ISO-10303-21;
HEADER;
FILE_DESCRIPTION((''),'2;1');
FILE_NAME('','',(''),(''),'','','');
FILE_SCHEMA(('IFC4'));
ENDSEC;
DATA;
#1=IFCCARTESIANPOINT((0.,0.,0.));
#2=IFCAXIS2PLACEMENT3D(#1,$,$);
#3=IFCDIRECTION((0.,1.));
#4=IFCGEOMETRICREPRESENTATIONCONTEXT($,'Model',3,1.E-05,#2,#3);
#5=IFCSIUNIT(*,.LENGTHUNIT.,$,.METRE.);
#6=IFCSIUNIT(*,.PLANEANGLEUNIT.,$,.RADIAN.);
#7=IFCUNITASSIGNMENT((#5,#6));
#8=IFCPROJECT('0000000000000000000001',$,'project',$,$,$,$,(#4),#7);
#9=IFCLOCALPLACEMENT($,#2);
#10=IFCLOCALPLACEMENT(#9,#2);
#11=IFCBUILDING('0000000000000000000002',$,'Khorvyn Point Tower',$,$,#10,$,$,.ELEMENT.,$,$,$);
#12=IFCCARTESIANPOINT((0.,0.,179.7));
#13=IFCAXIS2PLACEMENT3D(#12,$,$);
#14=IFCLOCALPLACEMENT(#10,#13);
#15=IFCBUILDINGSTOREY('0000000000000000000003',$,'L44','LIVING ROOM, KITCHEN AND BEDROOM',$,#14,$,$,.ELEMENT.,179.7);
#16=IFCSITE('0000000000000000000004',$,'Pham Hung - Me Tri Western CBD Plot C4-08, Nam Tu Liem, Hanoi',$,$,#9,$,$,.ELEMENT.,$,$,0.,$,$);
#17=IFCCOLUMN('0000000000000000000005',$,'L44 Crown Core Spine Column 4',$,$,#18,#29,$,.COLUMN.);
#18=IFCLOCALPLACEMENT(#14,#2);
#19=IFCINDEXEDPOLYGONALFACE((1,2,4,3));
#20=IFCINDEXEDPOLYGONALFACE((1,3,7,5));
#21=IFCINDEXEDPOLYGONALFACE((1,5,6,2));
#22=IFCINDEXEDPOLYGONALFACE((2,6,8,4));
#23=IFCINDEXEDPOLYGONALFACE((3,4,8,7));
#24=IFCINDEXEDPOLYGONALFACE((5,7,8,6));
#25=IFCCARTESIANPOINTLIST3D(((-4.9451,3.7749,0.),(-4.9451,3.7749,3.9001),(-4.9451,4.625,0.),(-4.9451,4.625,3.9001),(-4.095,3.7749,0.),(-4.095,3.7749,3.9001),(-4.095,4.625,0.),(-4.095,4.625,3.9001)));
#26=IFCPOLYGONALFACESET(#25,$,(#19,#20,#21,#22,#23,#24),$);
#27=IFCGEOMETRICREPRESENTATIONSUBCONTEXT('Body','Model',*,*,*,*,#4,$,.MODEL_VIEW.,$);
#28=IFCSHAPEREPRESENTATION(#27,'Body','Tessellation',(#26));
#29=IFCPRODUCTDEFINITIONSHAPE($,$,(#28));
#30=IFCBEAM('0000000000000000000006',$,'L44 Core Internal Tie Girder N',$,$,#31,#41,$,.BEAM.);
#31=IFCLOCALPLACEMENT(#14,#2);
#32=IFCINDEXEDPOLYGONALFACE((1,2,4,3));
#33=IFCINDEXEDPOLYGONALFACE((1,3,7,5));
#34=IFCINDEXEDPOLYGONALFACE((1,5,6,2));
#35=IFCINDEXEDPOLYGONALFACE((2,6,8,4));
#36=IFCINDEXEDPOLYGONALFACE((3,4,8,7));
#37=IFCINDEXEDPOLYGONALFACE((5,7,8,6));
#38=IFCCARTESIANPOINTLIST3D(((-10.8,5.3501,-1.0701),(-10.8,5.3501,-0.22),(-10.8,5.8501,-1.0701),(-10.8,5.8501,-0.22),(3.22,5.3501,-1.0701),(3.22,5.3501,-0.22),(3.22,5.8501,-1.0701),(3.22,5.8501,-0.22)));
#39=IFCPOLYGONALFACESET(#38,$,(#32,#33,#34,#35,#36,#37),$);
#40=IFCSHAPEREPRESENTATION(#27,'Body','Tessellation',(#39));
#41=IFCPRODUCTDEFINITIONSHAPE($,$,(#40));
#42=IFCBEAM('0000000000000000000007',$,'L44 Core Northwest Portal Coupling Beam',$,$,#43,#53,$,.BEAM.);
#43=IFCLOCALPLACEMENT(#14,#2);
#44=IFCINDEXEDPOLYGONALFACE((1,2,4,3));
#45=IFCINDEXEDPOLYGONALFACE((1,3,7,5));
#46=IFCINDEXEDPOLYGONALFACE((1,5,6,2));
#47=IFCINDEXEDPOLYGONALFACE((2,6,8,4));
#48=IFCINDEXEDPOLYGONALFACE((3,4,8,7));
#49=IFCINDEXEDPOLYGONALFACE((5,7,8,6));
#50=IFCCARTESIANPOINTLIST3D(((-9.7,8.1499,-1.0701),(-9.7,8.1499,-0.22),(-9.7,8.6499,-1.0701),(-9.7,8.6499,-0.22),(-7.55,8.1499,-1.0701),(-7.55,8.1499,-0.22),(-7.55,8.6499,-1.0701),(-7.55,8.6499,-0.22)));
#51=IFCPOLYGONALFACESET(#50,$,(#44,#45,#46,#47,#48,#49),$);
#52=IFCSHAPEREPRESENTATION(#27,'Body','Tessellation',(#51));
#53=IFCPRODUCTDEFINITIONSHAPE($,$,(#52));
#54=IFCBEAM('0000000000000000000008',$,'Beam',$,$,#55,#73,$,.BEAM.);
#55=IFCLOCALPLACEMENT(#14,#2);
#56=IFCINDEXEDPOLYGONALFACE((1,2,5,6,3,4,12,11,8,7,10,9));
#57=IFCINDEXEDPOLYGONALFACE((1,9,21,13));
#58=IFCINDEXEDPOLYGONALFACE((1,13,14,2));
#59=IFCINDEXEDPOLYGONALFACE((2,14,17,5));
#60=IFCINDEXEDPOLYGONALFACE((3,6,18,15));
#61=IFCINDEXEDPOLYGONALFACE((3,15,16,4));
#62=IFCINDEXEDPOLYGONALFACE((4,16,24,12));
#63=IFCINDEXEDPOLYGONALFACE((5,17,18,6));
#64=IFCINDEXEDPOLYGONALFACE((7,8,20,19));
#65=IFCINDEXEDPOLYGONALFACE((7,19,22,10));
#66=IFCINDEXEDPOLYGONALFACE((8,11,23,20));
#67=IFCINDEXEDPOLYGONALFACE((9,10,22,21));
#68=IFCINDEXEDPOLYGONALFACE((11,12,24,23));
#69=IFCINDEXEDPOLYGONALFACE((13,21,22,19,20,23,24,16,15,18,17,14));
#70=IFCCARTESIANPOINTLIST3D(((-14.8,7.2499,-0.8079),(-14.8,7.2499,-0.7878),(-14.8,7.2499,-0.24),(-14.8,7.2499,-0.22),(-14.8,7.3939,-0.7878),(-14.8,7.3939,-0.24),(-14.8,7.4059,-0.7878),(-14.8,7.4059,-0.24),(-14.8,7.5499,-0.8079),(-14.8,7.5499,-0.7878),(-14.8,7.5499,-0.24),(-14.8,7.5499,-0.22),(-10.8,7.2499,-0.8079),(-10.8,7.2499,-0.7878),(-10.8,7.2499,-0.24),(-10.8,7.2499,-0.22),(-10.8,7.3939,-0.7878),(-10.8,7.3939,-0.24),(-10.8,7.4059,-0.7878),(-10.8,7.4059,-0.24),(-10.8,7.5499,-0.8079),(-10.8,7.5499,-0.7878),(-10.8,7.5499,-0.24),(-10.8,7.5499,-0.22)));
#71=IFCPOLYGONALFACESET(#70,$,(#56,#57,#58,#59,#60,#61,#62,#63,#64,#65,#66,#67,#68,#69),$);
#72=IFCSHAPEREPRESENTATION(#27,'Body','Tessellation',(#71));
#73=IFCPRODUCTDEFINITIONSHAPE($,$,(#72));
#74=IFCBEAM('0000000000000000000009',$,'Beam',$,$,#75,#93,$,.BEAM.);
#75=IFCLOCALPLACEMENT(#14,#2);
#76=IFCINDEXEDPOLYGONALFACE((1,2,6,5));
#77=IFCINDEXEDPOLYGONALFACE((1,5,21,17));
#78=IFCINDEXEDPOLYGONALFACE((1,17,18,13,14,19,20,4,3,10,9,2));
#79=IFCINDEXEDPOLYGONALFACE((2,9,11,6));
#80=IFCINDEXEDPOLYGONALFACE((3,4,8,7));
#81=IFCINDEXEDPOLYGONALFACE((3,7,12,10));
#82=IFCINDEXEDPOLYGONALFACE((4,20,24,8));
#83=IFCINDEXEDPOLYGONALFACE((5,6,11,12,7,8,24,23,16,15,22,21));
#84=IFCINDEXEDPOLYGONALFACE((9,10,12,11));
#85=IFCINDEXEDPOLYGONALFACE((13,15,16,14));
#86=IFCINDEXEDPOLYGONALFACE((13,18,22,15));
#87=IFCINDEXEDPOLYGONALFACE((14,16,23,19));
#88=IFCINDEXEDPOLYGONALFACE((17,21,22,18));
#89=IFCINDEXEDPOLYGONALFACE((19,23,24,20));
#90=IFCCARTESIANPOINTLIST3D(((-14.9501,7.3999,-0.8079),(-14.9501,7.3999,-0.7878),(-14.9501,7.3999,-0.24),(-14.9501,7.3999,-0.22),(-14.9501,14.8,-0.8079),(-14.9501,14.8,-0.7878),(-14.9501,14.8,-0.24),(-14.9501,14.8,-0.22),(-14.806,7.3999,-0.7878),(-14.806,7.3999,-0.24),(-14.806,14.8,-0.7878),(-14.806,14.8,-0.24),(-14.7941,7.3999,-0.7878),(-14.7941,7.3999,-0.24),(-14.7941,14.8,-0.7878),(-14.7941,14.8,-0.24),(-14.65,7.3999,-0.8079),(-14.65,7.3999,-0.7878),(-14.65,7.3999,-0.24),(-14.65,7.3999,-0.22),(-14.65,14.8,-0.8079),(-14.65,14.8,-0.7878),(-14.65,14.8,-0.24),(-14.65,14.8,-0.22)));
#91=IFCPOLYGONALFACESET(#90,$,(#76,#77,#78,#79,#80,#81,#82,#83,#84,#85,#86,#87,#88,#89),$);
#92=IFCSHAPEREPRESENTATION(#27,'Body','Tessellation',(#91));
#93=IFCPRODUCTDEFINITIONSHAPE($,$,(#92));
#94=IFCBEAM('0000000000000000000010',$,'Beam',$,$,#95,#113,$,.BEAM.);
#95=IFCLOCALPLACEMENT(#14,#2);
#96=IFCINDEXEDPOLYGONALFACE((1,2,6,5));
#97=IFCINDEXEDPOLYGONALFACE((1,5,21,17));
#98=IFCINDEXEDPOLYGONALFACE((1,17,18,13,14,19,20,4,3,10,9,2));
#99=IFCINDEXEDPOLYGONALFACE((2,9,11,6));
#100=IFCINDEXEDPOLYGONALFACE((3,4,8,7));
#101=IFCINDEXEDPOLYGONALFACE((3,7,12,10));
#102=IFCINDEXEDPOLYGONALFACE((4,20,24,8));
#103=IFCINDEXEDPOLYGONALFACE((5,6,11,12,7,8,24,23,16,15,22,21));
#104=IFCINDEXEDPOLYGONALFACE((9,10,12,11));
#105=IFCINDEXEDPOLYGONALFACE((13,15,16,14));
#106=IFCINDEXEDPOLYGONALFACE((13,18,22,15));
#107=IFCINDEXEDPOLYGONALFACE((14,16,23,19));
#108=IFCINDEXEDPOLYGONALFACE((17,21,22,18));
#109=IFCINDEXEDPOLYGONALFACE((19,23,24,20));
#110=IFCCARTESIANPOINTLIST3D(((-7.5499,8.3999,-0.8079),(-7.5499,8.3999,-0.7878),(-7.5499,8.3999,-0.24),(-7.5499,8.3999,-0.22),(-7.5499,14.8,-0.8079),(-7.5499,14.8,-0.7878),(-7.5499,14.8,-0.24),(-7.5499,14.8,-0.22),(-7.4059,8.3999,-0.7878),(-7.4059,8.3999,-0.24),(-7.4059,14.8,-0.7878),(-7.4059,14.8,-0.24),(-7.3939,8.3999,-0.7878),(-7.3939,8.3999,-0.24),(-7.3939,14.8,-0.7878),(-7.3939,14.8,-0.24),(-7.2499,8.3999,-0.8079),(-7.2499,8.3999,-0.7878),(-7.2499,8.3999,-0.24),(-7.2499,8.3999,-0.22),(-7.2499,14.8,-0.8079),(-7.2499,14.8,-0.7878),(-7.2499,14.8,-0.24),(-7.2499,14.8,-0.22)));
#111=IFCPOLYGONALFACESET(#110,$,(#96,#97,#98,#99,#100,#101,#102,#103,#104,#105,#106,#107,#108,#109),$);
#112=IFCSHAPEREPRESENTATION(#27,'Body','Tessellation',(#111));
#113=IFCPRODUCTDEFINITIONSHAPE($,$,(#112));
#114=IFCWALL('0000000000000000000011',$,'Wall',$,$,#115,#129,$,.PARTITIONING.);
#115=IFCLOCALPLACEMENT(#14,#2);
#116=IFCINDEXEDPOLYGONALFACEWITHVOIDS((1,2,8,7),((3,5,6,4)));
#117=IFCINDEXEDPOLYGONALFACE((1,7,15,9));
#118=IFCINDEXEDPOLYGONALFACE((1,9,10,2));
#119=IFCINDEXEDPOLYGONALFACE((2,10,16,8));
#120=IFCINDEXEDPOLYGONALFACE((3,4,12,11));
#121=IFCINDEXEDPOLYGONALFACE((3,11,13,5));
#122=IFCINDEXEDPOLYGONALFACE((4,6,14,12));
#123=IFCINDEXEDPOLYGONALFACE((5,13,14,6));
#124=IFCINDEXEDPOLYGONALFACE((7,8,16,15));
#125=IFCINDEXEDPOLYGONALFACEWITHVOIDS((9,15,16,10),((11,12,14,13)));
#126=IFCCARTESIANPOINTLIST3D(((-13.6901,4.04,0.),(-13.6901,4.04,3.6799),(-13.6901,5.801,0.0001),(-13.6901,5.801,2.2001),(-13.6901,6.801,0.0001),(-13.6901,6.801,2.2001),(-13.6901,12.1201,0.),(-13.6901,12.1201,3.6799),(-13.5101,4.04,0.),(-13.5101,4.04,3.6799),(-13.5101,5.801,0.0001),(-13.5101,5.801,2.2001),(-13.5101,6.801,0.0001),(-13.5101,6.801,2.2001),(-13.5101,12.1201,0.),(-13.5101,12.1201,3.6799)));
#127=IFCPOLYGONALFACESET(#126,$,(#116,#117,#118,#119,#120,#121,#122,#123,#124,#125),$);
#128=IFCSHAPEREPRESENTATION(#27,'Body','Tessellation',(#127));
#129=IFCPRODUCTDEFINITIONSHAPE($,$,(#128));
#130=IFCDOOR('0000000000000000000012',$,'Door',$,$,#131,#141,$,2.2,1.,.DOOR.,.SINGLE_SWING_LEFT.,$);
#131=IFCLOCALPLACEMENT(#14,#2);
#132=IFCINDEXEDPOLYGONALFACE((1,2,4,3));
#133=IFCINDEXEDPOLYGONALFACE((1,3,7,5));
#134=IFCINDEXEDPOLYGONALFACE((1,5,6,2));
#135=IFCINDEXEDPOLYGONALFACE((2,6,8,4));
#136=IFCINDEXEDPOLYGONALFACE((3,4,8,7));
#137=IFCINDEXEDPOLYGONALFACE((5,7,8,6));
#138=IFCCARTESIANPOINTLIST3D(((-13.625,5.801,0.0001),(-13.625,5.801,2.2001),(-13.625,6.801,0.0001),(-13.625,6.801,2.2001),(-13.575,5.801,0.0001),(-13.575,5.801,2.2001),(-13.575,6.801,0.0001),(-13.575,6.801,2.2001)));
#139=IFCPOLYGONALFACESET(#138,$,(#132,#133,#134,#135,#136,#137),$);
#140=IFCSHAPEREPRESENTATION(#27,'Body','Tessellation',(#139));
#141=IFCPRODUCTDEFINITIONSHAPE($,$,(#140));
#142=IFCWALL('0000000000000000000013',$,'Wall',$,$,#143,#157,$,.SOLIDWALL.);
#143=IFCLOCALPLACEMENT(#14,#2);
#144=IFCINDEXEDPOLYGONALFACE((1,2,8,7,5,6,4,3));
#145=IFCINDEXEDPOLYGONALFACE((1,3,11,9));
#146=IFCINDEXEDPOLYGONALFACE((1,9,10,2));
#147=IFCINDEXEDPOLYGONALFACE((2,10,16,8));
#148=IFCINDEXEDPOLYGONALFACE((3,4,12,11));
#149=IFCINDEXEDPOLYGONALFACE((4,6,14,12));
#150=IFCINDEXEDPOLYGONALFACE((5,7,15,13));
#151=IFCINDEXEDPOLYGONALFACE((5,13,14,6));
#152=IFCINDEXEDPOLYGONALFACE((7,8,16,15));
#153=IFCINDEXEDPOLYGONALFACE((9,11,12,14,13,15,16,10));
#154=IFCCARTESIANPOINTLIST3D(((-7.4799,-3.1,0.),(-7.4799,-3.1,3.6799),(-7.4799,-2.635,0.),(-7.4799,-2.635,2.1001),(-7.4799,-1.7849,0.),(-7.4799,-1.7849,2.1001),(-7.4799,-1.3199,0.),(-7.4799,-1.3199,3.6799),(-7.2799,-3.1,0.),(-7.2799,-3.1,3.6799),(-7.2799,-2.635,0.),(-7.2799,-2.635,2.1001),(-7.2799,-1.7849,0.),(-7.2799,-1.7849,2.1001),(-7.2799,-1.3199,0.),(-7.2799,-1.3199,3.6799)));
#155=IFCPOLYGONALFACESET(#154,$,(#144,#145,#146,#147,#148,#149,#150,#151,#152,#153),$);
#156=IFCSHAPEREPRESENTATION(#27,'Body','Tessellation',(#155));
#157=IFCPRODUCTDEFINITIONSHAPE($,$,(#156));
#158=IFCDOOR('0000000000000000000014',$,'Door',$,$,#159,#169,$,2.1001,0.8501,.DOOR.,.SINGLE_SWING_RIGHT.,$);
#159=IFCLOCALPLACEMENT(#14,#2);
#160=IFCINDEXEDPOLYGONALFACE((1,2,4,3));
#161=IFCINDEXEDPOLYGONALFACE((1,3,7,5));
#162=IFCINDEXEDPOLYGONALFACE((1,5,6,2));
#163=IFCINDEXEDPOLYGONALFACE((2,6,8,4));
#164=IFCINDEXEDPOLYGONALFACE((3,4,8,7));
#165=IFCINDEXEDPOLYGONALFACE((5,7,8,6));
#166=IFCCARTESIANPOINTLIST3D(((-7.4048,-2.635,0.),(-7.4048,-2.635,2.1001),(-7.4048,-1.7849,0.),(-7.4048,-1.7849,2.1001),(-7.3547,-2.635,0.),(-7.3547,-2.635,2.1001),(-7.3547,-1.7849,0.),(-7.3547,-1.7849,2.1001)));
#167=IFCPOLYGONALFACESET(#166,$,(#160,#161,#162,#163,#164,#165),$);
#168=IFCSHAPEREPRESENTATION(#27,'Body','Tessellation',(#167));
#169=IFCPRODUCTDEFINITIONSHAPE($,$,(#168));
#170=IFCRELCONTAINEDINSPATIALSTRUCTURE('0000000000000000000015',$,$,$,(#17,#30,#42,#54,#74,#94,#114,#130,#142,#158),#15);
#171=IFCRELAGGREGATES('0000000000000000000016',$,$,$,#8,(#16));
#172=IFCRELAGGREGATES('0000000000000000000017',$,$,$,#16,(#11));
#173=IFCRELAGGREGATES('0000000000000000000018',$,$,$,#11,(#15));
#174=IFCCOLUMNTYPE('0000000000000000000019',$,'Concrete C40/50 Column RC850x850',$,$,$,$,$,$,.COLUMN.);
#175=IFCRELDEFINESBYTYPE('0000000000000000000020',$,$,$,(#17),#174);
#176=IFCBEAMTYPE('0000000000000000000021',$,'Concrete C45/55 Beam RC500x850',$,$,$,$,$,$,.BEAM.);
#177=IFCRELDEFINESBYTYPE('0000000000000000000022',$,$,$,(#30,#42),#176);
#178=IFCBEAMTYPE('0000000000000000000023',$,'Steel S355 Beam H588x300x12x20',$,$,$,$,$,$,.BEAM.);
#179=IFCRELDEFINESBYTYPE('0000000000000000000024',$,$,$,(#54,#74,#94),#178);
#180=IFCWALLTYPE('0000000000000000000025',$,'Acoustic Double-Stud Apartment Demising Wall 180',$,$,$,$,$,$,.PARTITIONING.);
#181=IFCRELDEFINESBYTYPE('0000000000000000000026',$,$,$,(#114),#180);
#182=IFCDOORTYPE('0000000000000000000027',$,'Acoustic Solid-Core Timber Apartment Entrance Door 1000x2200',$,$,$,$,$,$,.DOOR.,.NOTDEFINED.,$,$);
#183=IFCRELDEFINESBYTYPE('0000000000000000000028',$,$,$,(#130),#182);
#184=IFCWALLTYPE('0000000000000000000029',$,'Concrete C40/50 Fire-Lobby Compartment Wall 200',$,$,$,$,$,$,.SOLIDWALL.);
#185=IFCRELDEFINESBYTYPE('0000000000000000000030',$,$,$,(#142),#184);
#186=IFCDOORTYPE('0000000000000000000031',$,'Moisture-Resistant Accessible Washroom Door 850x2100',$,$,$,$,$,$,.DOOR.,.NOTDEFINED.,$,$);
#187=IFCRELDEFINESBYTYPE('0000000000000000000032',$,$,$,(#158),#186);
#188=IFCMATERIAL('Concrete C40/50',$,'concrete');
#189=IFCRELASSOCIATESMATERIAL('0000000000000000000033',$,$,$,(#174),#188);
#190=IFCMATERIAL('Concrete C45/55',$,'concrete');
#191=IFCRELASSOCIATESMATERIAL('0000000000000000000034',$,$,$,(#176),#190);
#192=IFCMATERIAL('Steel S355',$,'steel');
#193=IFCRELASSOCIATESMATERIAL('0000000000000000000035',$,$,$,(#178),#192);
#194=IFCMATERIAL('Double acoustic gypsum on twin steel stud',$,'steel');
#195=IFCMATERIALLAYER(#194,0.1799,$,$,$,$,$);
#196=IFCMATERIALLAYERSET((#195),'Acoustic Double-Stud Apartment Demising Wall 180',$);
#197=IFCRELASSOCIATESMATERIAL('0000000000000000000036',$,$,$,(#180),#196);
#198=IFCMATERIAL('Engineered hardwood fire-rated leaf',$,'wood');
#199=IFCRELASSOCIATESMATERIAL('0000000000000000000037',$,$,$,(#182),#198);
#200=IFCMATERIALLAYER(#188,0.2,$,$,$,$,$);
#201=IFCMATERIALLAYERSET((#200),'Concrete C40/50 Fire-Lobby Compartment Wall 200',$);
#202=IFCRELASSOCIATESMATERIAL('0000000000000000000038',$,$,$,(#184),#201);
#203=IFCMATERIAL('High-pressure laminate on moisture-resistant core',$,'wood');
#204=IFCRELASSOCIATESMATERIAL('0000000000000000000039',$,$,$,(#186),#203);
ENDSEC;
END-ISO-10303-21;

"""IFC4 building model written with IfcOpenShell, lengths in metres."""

from ifc_helpers import new_model, si_unit, direction, frame, frame_2d, origin, origin_2d, place, context, subcontext, project, spatial, rectangle, i_section, extrude, material, layer, layer_set, material_profile, profile_set, type_object, element, fill, save


model = new_model("IFC4")

# Units and contexts
model_context = context("Model", 3, precision=1e-05, world=origin(), true_north=direction((0.0, 1.0)))
body_context = subcontext(model_context, "Body", "Model", "MODEL_VIEW")
ifc_project = project(units=[si_unit("LENGTHUNIT", "METRE"), si_unit("PLANEANGLEUNIT", "RADIAN")], contexts=[model_context])

# Site, building, storey
site_placement = place(None, origin())
site = spatial("IfcSite", under=ifc_project, at=site_placement, Name="Pham Hung - Me Tri Western CBD Plot C4-08, Nam Tu Liem, Hanoi", CompositionType="ELEMENT", RefElevation=0.0)
building_placement = place(site_placement, origin())
building = spatial("IfcBuilding", under=site, at=building_placement, Name="Khorvyn Point Tower", CompositionType="ELEMENT")
storey_placement = place(building_placement, frame((0.0, 0.0, 179.7)))
storey = spatial("IfcBuildingStorey", under=building, at=storey_placement, Name="L44", Description="LIVING ROOM, KITCHEN AND BEDROOM", CompositionType="ELEMENT", Elevation=179.7)

# Column
ifc_material_1 = material(Name="Concrete C40/50", Category="concrete")
ifc_material_profile_1 = material_profile(ifc_material_1, rectangle(XDim=0.8501, YDim=0.8501, at=origin_2d()))
ifc_profile_set_1 = profile_set([ifc_material_profile_1], Name="Concrete C40/50 RC850x850")
column_type = type_object("IfcColumnType", Name="Concrete C40/50 Column RC850x850", PredefinedType="COLUMN", material=ifc_profile_set_1)
column_placement = place(storey_placement, frame((-4.52, 4.2, 0.0), z_axis=(0.0, 0.0, 1.0), x_axis=(1.0, 0.0, 0.0)))
element("IfcColumn", 1, at=column_placement, inside=storey, type_object=column_type, Name="L44 Crown Core Spine Column 4", PredefinedType="COLUMN", context=body_context, shape_type="SweptSolid", body=[
    extrude(rectangle(XDim=0.8501, YDim=0.8501, at=origin_2d()), origin(), (0.0, 0.0, 1.0), 3.9001),
])

# Beams
ifc_material_2 = material(Name="Concrete C45/55", Category="concrete")
ifc_material_profile_2 = material_profile(ifc_material_2, rectangle(XDim=0.5, YDim=0.8501, at=origin_2d()))
ifc_profile_set_2 = profile_set([ifc_material_profile_2], Name="Concrete C45/55 RC500x850")
beam_type_1 = type_object("IfcBeamType", Name="Concrete C45/55 Beam RC500x850", PredefinedType="BEAM", material=ifc_profile_set_2)
beam_1_placement = place(storey_placement, frame((-10.8, 5.6001, -0.645), z_axis=(1.0, 0.0, 0.0), x_axis=(0.0, 1.0, 0.0)))
element("IfcBeam", 2, at=beam_1_placement, inside=storey, type_object=beam_type_1, Name="L44 Core Internal Tie Girder N", PredefinedType="BEAM", context=body_context, shape_type="SweptSolid", body=[
    extrude(rectangle(XDim=0.5, YDim=0.8501, at=origin_2d()), origin(), (0.0, 0.0, 1.0), 14.02),
])
beam_2_placement = place(storey_placement, frame((-9.7, 8.3999, -0.645), z_axis=(1.0, 0.0, 0.0), x_axis=(0.0, 1.0, 0.0)))
element("IfcBeam", 3, at=beam_2_placement, inside=storey, type_object=beam_type_1, Name="L44 Core Northwest Portal Coupling Beam", PredefinedType="BEAM", context=body_context, shape_type="SweptSolid", body=[
    extrude(rectangle(XDim=0.5, YDim=0.8501, at=origin_2d()), origin(), (0.0, 0.0, 1.0), 2.1499),
])
ifc_material_3 = material(Name="Steel S355", Category="steel")
ifc_material_profile_3 = material_profile(ifc_material_3, i_section(OverallWidth=0.3, OverallDepth=0.5879, WebThickness=0.012, FlangeThickness=0.02, at=origin_2d()))
ifc_profile_set_3 = profile_set([ifc_material_profile_3], Name="Steel S355 H588x300x12x20")
beam_type_2 = type_object("IfcBeamType", Name="Steel S355 Beam H588x300x12x20", PredefinedType="BEAM", material=ifc_profile_set_3)
beam_3_placement = place(storey_placement, frame((-14.8, 7.3999, -0.5139), z_axis=(1.0, 0.0, 0.0), x_axis=(0.0, 1.0, 0.0)))
element("IfcBeam", 4, at=beam_3_placement, inside=storey, type_object=beam_type_2, Name="Beam", PredefinedType="BEAM", context=body_context, shape_type="SweptSolid", body=[
    extrude(i_section(OverallWidth=0.3, OverallDepth=0.5879, WebThickness=0.012, FlangeThickness=0.02, at=origin_2d()), origin(), (0.0, 0.0, 1.0), 4.0),
])
beam_4_placement = place(storey_placement, frame((-14.8, 7.3999, -0.5139), z_axis=(0.0, 1.0, 0.0), x_axis=(-1.0, 0.0, 0.0)))
element("IfcBeam", 5, at=beam_4_placement, inside=storey, type_object=beam_type_2, Name="Beam", PredefinedType="BEAM", context=body_context, shape_type="SweptSolid", body=[
    extrude(i_section(OverallWidth=0.3, OverallDepth=0.5879, WebThickness=0.012, FlangeThickness=0.02, at=origin_2d()), origin(), (0.0, 0.0, 1.0), 7.4001),
])
beam_5_placement = place(storey_placement, frame((-7.3999, 8.3999, -0.5139), z_axis=(0.0, 1.0, 0.0), x_axis=(-1.0, 0.0, 0.0)))
element("IfcBeam", 6, at=beam_5_placement, inside=storey, type_object=beam_type_2, Name="Beam", PredefinedType="BEAM", context=body_context, shape_type="SweptSolid", body=[
    extrude(i_section(OverallWidth=0.3, OverallDepth=0.5879, WebThickness=0.012, FlangeThickness=0.02, at=origin_2d()), origin(), (0.0, 0.0, 1.0), 6.4001),
])

# Walls, openings, doors
ifc_material_4 = material(Name="Double acoustic gypsum on twin steel stud", Category="steel")
ifc_layer_1 = layer(ifc_material_4, 0.1799)
ifc_layer_set_1 = layer_set([ifc_layer_1], Name="Acoustic Double-Stud Apartment Demising Wall 180")
wall_type_1 = type_object("IfcWallType", Name="Acoustic Double-Stud Apartment Demising Wall 180", PredefinedType="PARTITIONING", material=ifc_layer_set_1)
wall_1_placement = place(storey_placement, frame((-13.6001, 4.04, 0.0), z_axis=(0.0, 0.0, 1.0), x_axis=(0.0, 1.0, 0.0)))
wall_1 = element("IfcWall", 7, at=wall_1_placement, inside=storey, type_object=wall_type_1, Name="Wall", PredefinedType="PARTITIONING", context=body_context, shape_type="SweptSolid", body=[
    extrude(rectangle(XDim=8.0801, YDim=0.1799, at=frame_2d((4.04, 0.0))), origin(), (0.0, 0.0, 1.0), 3.6799),
])
opening_1_placement = place(wall_1_placement, frame((1.761, 0.0, 0.0)))
opening_1 = element("IfcOpeningElement", 8, at=opening_1_placement, cuts=wall_1, PredefinedType="OPENING", context=body_context, shape_type="SweptSolid", body=[
    extrude(rectangle(XDim=1.0, YDim=2.2, at=frame_2d((0.5, 1.1001))), frame((0.0, 0.0999, 0.0), z_axis=(0.0, -1.0, 0.0), x_axis=(1.0, 0.0, 0.0)), (0.0, 0.0, 1.0), 0.2),
])
ifc_material_5 = material(Name="Engineered hardwood fire-rated leaf", Category="wood")
door_type_1 = type_object("IfcDoorType", Name="Acoustic Solid-Core Timber Apartment Entrance Door 1000x2200", OperationType="NOTDEFINED", PredefinedType="DOOR", material=ifc_material_5)
door_1_placement = place(opening_1_placement, origin())
door_1 = element("IfcDoor", 9, at=door_1_placement, inside=storey, type_object=door_type_1, Name="Door", OperationType="SINGLE_SWING_LEFT", OverallHeight=2.2, OverallWidth=1.0, PredefinedType="DOOR", context=body_context, shape_type="SweptSolid", body=[
    extrude(rectangle(XDim=1.0, YDim=2.2, at=frame_2d((0.5, 1.1001))), frame((0.0, 0.0249, 0.0), z_axis=(0.0, -1.0, 0.0), x_axis=(1.0, 0.0, 0.0)), (0.0, 0.0, 1.0), 0.05),
])
fill(opening_1, door_1)
ifc_layer_2 = layer(ifc_material_1, 0.2)
ifc_layer_set_2 = layer_set([ifc_layer_2], Name="Concrete C40/50 Fire-Lobby Compartment Wall 200")
wall_type_2 = type_object("IfcWallType", Name="Concrete C40/50 Fire-Lobby Compartment Wall 200", PredefinedType="SOLIDWALL", material=ifc_layer_set_2)
wall_2_placement = place(storey_placement, frame((-7.3799, -3.1001, 0.0), z_axis=(0.0, 0.0, 1.0), x_axis=(0.0, 1.0, 0.0)))
wall_2 = element("IfcWall", 10, at=wall_2_placement, inside=storey, type_object=wall_type_2, Name="Wall", PredefinedType="SOLIDWALL", context=body_context, shape_type="SweptSolid", body=[
    extrude(rectangle(XDim=1.78, YDim=0.2, at=frame_2d((0.8901, 0.0))), origin(), (0.0, 0.0, 1.0), 3.6799),
])
opening_2_placement = place(wall_2_placement, frame((0.4651, 0.0, 0.0)))
opening_2 = element("IfcOpeningElement", 11, at=opening_2_placement, cuts=wall_2, PredefinedType="OPENING", context=body_context, shape_type="SweptSolid", body=[
    extrude(rectangle(XDim=0.8501, YDim=2.1001, at=frame_2d((0.425, 1.05))), frame((0.0, 0.1099, 0.0), z_axis=(0.0, -1.0, 0.0), x_axis=(1.0, 0.0, 0.0)), (0.0, 0.0, 1.0), 0.22),
])
ifc_material_6 = material(Name="High-pressure laminate on moisture-resistant core", Category="wood")
door_type_2 = type_object("IfcDoorType", Name="Moisture-Resistant Accessible Washroom Door 850x2100", OperationType="NOTDEFINED", PredefinedType="DOOR", material=ifc_material_6)
door_2_placement = place(opening_2_placement, origin())
door_2 = element("IfcDoor", 12, at=door_2_placement, inside=storey, type_object=door_type_2, Name="Door", OperationType="SINGLE_SWING_RIGHT", OverallHeight=2.1001, OverallWidth=0.8501, PredefinedType="DOOR", context=body_context, shape_type="SweptSolid", body=[
    extrude(rectangle(XDim=0.8501, YDim=2.1001, at=frame_2d((0.425, 1.05))), frame((0.0, 0.0249, 0.0), z_axis=(0.0, -1.0, 0.0), x_axis=(1.0, 0.0, 0.0)), (0.0, 0.0, 1.0), 0.05),
])
fill(opening_2, door_2)

save(model, "model.ifc")
